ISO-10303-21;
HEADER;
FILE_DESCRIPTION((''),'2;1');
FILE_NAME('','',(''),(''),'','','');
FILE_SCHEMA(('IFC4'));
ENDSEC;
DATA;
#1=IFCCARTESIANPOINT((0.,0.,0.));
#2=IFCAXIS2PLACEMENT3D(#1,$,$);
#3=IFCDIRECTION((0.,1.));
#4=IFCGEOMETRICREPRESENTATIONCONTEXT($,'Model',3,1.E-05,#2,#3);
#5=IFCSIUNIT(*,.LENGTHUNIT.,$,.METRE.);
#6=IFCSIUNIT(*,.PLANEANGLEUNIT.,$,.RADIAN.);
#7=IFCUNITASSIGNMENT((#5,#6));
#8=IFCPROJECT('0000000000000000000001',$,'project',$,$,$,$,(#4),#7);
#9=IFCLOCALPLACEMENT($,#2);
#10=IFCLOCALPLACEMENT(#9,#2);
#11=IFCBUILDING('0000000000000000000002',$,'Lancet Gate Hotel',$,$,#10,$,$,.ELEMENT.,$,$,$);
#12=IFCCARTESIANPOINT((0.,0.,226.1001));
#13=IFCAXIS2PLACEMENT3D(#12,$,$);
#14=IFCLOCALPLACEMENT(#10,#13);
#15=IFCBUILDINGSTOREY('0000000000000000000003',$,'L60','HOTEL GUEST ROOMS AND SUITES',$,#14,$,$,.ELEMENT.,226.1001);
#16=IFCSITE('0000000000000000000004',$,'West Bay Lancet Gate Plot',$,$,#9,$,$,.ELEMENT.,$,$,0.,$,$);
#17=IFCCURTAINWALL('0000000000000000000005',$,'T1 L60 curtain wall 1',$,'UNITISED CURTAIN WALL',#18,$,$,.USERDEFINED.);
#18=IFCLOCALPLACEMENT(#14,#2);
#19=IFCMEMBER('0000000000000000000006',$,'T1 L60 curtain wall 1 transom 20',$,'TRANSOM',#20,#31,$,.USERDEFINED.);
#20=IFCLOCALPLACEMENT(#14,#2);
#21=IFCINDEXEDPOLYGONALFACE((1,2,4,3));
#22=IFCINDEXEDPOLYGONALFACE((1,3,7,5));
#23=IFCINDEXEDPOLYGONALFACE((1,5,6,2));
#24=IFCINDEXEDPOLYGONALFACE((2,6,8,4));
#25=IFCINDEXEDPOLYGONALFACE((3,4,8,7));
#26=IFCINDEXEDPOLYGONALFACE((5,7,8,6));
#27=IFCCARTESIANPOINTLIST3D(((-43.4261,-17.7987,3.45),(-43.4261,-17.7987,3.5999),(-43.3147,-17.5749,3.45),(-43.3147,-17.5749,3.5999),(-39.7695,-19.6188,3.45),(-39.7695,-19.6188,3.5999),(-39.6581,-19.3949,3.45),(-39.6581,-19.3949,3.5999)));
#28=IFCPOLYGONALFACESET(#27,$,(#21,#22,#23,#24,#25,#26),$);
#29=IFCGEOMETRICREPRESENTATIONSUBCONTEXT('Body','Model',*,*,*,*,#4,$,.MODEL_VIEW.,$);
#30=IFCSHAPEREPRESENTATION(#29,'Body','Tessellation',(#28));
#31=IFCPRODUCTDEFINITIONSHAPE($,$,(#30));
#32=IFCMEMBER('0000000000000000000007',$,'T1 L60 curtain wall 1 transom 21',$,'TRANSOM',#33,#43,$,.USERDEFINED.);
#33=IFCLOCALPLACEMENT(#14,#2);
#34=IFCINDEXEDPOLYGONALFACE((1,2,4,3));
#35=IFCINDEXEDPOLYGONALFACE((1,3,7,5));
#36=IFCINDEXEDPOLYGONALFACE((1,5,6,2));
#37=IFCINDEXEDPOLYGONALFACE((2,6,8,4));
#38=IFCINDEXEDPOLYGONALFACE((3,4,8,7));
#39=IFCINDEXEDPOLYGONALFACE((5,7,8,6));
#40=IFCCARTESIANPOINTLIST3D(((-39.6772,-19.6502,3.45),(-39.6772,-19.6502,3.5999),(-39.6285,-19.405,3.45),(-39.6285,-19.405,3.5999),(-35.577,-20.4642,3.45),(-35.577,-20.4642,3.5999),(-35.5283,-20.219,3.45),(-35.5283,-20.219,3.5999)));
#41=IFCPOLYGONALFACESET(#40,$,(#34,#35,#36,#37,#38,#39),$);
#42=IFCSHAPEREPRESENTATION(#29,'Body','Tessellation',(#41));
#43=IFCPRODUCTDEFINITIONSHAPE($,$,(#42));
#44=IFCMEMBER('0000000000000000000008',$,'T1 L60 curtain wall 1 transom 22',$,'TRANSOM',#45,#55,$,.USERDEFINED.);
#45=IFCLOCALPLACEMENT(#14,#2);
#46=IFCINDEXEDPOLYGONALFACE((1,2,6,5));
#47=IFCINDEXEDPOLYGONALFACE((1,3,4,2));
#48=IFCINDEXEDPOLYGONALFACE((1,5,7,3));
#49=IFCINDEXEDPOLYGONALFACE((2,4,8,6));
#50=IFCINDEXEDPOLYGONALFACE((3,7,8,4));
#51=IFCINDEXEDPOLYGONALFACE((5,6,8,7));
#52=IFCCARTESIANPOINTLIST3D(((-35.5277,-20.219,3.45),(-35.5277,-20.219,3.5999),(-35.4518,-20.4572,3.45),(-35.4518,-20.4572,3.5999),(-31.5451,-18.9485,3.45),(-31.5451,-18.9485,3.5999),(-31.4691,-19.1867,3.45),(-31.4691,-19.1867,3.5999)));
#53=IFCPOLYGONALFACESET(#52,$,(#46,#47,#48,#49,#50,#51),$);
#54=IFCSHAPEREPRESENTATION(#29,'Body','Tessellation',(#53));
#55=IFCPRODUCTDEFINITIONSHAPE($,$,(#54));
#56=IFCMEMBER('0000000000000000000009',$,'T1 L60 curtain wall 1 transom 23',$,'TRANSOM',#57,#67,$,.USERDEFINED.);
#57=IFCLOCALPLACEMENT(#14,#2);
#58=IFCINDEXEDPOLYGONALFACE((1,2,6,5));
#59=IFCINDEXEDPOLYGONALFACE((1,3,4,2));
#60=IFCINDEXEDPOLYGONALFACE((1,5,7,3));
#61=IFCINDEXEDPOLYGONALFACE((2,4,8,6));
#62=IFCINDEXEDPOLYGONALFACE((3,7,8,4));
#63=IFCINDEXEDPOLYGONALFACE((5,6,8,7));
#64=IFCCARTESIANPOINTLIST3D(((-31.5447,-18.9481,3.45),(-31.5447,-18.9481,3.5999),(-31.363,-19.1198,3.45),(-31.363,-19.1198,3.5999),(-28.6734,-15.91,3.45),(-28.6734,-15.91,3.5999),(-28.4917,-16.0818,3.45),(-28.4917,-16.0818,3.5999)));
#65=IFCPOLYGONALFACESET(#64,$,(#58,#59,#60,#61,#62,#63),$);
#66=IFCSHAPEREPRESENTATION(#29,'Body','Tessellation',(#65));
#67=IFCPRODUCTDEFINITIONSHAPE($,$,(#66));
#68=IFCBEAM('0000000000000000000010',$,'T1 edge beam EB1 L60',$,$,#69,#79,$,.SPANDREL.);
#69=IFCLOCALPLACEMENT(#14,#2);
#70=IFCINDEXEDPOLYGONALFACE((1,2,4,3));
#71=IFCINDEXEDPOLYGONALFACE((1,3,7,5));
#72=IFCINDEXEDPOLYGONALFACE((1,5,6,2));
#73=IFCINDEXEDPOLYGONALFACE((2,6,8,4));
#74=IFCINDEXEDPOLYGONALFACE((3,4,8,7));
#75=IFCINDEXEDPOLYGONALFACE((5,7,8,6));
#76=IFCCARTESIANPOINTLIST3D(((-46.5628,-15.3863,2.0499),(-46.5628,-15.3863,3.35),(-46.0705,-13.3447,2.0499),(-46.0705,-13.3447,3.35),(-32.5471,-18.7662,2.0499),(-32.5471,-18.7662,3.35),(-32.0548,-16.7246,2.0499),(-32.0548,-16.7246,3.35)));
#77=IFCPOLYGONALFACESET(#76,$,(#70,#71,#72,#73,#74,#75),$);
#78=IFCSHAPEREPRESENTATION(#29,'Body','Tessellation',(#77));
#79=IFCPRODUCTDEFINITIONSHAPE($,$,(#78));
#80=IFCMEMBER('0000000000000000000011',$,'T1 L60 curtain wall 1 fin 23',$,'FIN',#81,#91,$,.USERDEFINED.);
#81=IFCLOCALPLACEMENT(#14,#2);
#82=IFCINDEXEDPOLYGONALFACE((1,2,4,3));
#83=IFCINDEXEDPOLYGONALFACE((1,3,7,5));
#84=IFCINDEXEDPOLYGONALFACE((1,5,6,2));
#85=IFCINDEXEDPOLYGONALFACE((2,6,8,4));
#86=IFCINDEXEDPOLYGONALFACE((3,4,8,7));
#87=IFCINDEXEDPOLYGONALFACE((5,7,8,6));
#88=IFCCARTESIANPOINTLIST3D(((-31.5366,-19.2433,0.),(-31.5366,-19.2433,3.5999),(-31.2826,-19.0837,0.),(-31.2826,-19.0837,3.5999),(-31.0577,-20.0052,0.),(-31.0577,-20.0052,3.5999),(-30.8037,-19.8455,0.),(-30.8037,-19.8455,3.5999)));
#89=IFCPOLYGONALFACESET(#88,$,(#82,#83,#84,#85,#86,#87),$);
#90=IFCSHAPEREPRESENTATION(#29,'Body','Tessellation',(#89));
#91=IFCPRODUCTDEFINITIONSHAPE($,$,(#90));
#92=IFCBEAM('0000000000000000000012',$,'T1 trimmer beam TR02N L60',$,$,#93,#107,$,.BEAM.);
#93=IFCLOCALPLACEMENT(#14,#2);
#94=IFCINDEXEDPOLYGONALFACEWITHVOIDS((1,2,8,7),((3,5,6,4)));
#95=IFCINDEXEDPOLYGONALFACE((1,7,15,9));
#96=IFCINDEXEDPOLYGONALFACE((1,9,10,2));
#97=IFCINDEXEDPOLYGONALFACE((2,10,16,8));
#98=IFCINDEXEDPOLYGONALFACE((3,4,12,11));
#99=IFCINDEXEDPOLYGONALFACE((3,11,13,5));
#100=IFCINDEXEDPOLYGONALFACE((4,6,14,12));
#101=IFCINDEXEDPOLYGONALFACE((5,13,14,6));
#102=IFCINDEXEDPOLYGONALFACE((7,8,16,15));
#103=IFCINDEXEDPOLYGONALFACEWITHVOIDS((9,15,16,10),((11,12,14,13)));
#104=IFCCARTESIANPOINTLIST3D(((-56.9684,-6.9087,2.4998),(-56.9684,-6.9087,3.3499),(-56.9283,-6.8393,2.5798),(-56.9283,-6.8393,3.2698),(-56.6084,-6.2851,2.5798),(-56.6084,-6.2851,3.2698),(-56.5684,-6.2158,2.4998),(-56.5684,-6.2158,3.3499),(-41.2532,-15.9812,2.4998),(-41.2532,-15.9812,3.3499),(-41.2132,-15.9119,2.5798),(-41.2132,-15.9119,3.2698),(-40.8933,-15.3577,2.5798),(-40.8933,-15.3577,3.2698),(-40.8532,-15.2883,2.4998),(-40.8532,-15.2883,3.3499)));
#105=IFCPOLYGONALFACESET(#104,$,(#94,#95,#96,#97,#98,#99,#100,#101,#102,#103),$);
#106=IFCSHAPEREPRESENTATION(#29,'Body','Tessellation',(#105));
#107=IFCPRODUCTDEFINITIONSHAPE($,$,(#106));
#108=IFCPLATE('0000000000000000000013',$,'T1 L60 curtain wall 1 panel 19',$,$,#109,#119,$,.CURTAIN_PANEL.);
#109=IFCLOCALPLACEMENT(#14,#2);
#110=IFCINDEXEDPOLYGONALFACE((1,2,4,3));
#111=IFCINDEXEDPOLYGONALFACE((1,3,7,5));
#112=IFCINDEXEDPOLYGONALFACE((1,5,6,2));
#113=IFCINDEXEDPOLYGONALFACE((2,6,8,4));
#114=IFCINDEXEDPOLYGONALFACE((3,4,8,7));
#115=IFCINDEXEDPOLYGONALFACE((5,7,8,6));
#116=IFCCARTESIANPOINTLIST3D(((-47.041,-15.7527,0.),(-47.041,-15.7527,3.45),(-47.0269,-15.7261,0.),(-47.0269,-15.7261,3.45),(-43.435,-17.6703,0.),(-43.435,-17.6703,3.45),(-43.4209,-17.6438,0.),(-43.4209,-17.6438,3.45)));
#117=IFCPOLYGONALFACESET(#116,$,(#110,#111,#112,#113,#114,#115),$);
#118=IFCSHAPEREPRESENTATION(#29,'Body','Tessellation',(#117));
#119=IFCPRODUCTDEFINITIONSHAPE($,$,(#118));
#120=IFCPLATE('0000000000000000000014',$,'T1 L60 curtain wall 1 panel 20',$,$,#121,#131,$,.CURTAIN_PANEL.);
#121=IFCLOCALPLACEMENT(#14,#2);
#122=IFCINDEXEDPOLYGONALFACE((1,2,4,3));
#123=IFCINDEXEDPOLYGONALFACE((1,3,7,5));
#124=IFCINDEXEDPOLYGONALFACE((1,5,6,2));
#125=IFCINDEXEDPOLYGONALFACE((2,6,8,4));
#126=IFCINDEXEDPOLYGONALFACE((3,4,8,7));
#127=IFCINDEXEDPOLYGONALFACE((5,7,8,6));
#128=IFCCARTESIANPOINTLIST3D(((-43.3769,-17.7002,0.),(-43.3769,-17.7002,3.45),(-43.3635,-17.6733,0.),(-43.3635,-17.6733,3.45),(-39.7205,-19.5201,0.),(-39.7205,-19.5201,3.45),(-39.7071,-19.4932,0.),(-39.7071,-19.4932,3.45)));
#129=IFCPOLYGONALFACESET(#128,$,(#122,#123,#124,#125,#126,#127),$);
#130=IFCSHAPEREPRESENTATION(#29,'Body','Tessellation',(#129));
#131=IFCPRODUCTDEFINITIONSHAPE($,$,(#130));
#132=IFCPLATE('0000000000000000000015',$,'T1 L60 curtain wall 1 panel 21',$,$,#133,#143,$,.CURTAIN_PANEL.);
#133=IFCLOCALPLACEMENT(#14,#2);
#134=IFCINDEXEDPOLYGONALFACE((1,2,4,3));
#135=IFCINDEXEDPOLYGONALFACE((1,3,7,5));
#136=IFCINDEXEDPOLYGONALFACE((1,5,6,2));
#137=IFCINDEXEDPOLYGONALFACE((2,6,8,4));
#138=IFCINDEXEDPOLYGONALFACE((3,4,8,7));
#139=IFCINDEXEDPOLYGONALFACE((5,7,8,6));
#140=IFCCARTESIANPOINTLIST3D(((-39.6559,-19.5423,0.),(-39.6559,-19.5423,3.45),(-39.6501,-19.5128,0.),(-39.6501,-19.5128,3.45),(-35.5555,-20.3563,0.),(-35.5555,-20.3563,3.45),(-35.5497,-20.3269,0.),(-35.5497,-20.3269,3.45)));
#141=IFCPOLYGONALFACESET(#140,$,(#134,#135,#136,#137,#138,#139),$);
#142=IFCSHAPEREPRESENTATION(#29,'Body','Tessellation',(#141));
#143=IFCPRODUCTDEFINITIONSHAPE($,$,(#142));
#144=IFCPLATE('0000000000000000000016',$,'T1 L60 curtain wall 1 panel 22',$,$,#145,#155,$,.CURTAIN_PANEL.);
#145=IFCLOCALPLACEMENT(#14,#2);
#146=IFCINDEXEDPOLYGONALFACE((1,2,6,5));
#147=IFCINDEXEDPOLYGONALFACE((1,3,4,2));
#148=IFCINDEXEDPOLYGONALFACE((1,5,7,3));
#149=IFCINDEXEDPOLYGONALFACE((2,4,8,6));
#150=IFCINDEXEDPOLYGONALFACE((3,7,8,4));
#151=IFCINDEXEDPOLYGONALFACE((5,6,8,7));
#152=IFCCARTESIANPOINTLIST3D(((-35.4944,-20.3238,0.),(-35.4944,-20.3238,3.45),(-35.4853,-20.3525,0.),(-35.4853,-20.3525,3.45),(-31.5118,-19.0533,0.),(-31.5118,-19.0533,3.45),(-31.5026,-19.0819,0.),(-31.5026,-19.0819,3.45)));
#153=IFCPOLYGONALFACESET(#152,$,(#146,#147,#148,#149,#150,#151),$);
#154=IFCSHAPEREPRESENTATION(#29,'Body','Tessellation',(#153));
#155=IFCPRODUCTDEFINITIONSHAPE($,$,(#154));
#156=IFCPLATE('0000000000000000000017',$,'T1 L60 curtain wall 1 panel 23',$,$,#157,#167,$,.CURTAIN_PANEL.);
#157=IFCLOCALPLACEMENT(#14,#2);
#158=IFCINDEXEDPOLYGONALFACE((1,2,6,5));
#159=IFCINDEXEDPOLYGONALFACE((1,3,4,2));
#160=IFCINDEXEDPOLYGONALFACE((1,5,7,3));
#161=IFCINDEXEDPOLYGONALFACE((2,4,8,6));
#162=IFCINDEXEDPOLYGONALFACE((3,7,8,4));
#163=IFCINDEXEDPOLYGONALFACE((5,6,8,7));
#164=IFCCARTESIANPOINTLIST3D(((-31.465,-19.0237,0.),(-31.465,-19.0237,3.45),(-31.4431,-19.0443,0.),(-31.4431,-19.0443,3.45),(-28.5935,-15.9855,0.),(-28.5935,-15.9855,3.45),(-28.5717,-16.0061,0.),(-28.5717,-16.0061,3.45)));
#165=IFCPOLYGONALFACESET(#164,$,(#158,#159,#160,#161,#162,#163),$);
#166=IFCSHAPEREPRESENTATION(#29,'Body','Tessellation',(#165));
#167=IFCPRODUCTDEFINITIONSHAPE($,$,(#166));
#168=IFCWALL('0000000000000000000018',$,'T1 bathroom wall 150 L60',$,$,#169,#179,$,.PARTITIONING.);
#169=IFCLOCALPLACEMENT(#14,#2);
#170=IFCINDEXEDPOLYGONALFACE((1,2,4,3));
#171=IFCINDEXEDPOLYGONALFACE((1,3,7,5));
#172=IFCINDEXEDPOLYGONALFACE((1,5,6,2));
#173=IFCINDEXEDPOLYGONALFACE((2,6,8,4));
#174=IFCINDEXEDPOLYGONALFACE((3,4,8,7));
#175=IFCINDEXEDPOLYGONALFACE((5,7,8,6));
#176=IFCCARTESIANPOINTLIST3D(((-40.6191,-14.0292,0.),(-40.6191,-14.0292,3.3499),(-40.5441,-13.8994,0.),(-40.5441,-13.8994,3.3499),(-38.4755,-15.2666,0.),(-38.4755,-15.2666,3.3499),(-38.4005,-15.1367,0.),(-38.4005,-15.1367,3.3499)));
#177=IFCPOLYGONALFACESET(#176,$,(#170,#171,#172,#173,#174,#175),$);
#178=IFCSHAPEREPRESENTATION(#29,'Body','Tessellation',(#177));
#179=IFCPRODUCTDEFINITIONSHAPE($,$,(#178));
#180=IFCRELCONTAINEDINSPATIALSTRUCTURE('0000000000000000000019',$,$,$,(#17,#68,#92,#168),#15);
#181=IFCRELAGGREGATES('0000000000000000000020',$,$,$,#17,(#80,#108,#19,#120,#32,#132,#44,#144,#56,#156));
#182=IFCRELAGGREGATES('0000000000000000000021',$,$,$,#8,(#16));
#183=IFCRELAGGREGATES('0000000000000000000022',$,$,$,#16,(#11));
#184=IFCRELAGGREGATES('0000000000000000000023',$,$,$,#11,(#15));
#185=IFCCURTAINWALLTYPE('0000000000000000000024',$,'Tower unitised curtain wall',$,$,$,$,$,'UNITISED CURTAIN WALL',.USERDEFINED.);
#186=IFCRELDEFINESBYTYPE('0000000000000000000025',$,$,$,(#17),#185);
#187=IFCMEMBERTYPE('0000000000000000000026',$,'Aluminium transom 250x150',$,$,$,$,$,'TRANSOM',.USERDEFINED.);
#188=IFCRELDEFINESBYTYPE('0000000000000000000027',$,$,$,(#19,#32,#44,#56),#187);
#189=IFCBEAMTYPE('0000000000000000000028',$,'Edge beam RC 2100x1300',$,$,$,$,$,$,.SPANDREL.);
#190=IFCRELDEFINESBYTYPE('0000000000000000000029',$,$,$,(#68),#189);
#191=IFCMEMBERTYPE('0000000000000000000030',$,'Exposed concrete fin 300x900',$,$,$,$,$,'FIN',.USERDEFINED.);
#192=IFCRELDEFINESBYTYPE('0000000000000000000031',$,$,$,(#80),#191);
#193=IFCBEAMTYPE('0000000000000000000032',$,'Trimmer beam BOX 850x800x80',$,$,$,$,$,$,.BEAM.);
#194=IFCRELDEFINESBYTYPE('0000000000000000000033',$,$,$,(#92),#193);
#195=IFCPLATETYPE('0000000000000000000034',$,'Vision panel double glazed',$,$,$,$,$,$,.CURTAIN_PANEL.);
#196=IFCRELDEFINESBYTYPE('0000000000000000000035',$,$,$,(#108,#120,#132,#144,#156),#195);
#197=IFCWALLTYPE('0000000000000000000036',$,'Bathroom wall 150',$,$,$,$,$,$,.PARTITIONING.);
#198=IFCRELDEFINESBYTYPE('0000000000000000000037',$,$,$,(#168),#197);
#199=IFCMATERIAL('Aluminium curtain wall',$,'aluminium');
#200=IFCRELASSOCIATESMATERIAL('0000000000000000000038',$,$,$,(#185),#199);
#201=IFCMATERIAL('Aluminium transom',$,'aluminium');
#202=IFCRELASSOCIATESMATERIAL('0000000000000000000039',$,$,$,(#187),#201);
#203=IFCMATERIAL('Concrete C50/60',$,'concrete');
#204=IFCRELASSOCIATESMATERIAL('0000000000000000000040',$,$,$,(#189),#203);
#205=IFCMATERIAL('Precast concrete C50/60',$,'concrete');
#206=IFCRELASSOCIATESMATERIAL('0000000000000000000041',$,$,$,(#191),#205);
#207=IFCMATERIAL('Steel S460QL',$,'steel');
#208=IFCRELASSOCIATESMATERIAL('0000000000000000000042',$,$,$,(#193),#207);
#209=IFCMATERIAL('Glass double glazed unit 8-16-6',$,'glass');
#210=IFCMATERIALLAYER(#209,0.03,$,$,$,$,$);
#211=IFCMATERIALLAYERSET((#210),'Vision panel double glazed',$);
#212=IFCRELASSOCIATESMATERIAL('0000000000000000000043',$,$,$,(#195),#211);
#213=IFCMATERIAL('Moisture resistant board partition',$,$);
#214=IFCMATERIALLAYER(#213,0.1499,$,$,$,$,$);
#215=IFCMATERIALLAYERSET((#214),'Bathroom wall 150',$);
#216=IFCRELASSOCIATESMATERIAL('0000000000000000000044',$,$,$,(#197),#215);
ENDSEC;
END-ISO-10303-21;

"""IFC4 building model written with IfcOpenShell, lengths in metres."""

from ifc_helpers import new_model, si_unit, direction, frame, frame_2d, origin, origin_2d, place, context, subcontext, project, spatial, rectangle, hollow_rectangle, extrude, material, layer, layer_set, material_profile, profile_set, type_object, element, aggregate, save


model = new_model("IFC4")

# Units and contexts
model_context = context("Model", 3, precision=1e-05, world=origin(), true_north=direction((0.0, 1.0)))
body_context = subcontext(model_context, "Body", "Model", "MODEL_VIEW")
ifc_project = project(units=[si_unit("LENGTHUNIT", "METRE"), si_unit("PLANEANGLEUNIT", "RADIAN")], contexts=[model_context])

# Site, building, storey
site_placement = place(None, origin())
site = spatial("IfcSite", under=ifc_project, at=site_placement, Name="West Bay Lancet Gate Plot", CompositionType="ELEMENT", RefElevation=0.0)
building_placement = place(site_placement, origin())
building = spatial("IfcBuilding", under=site, at=building_placement, Name="Lancet Gate Hotel", CompositionType="ELEMENT")
storey_placement = place(building_placement, frame((0.0, 0.0, 226.1001)))
storey = spatial("IfcBuildingStorey", under=building, at=storey_placement, Name="L60", Description="HOTEL GUEST ROOMS AND SUITES", CompositionType="ELEMENT", Elevation=226.1001)

# Curtain wall, members
ifc_material_1 = material(Name="Aluminium curtain wall", Category="aluminium")
curtain_wall_type = type_object("IfcCurtainWallType", Name="Tower unitised curtain wall", ElementType="UNITISED CURTAIN WALL", PredefinedType="USERDEFINED", material=ifc_material_1)
curtain_wall_placement = place(storey_placement, origin())
curtain_wall = element("IfcCurtainWall", 1, at=curtain_wall_placement, inside=storey, type_object=curtain_wall_type, Name="T1 L60 curtain wall 1", ObjectType="UNITISED CURTAIN WALL", PredefinedType="USERDEFINED")
ifc_material_2 = material(Name="Aluminium transom", Category="aluminium")
ifc_material_profile_1 = material_profile(ifc_material_2, rectangle(XDim=0.25, YDim=0.1499, at=origin_2d()), Name="TRANSOM 250x150")
ifc_profile_set_1 = profile_set([ifc_material_profile_1], Name="Aluminium transom")
member_type_1 = type_object("IfcMemberType", Name="Aluminium transom 250x150", ElementType="TRANSOM", PredefinedType="USERDEFINED", material=ifc_profile_set_1)
member_1_placement = place(storey_placement, frame((-43.3704, -17.6868, 3.5249), z_axis=(0.895227, -0.445611, 0.0), x_axis=(0.445611, 0.895227, 0.0)))
member_1 = element("IfcMember", 2, at=member_1_placement, type_object=member_type_1, Name="T1 L60 curtain wall 1 transom 20", ObjectType="TRANSOM", PredefinedType="USERDEFINED", context=body_context, shape_type="SweptSolid", body=[
    extrude(rectangle(XDim=0.25, YDim=0.1499, at=origin_2d()), origin(), (0.0, 0.0, 1.0), 4.0845),
])
member_2_placement = place(storey_placement, frame((-39.6528, -19.5276, 3.5249), z_axis=(0.980858, -0.194723, 0.0), x_axis=(0.194723, 0.980858, 0.0)))
member_2 = element("IfcMember", 3, at=member_2_placement, type_object=member_type_1, Name="T1 L60 curtain wall 1 transom 21", ObjectType="TRANSOM", PredefinedType="USERDEFINED", context=body_context, shape_type="SweptSolid", body=[
    extrude(rectangle(XDim=0.25, YDim=0.1499, at=origin_2d()), origin(), (0.0, 0.0, 1.0), 4.1802),
])
member_3_placement = place(storey_placement, frame((-35.4897, -20.3381, 3.5249), z_axis=(0.952698, 0.30392, 0.0), x_axis=(-0.30392, 0.952698, 0.0)))
member_3 = element("IfcMember", 4, at=member_3_placement, type_object=member_type_1, Name="T1 L60 curtain wall 1 transom 22", ObjectType="TRANSOM", PredefinedType="USERDEFINED", context=body_context, shape_type="SweptSolid", body=[
    extrude(rectangle(XDim=0.25, YDim=0.1499, at=origin_2d()), origin(), (0.0, 0.0, 1.0), 4.1804),
])
member_4_placement = place(storey_placement, frame((-31.4539, -19.0339, 3.5249), z_axis=(0.686881, 0.72677, 0.0), x_axis=(-0.72677, 0.686881, 0.0)))
member_4 = element("IfcMember", 5, at=member_4_placement, type_object=member_type_1, Name="T1 L60 curtain wall 1 transom 23", ObjectType="TRANSOM", PredefinedType="USERDEFINED", context=body_context, shape_type="SweptSolid", body=[
    extrude(rectangle(XDim=0.25, YDim=0.1499, at=origin_2d()), origin(), (0.0, 0.0, 1.0), 4.1802),
])

# Beam
ifc_material_3 = material(Name="Concrete C50/60", Category="concrete")
ifc_material_profile_2 = material_profile(ifc_material_3, rectangle(XDim=2.1001, YDim=1.3, at=origin_2d()), Name="RC 2100x1300")
ifc_profile_set_2 = profile_set([ifc_material_profile_2], Name="Concrete C50/60")
beam_type_1 = type_object("IfcBeamType", Name="Edge beam RC 2100x1300", PredefinedType="SPANDREL", material=ifc_profile_set_2)
beam_1_placement = place(storey_placement, frame((-46.3167, -14.3655, 2.7), z_axis=(0.972133, -0.234431, 0.0), x_axis=(0.234431, 0.972133, 0.0)))
element("IfcBeam", 6, at=beam_1_placement, inside=storey, type_object=beam_type_1, Name="T1 edge beam EB1 L60", PredefinedType="SPANDREL", context=body_context, shape_type="SweptSolid", body=[
    extrude(rectangle(XDim=2.1001, YDim=1.3, at=origin_2d()), origin(), (0.0, 0.0, 1.0), 14.4175),
])

# Member
ifc_material_4 = material(Name="Precast concrete C50/60", Category="concrete")
ifc_material_profile_3 = material_profile(ifc_material_4, rectangle(XDim=0.3, YDim=0.8999, at=origin_2d()), Name="FIN 300x900")
ifc_profile_set_3 = profile_set([ifc_material_profile_3], Name="Precast concrete C50/60")
member_type_2 = type_object("IfcMemberType", Name="Exposed concrete fin 300x900", ElementType="FIN", PredefinedType="USERDEFINED", material=ifc_profile_set_3)
member_5_placement = place(storey_placement, frame((-31.1702, -19.5444, 0.0), z_axis=(0.0, 0.0, 1.0), x_axis=(0.846613, 0.532209, 0.0)))
member_5 = element("IfcMember", 7, at=member_5_placement, type_object=member_type_2, Name="T1 L60 curtain wall 1 fin 23", ObjectType="FIN", PredefinedType="USERDEFINED", context=body_context, shape_type="SweptSolid", body=[
    extrude(rectangle(XDim=0.3, YDim=0.8999, at=origin_2d()), origin(), (0.0, 0.0, 1.0), 3.5999),
])

# Beam
ifc_material_5 = material(Name="Steel S460QL", Category="steel")
ifc_material_profile_4 = material_profile(ifc_material_5, hollow_rectangle(XDim=0.8, YDim=0.8501, WallThickness=0.0801, at=origin_2d()), Name="BOX 850x800x80")
ifc_profile_set_4 = profile_set([ifc_material_profile_4], Name="Steel S460QL")
beam_type_2 = type_object("IfcBeamType", Name="Trimmer beam BOX 850x800x80", PredefinedType="BEAM", material=ifc_profile_set_4)
beam_2_placement = place(storey_placement, frame((-41.0532, -15.6348, 2.9248), z_axis=(-0.86604, 0.499975, 0.0), x_axis=(-0.499975, -0.86604, 0.0)))
element("IfcBeam", 8, at=beam_2_placement, inside=storey, type_object=beam_type_2, Name="T1 trimmer beam TR02N L60", PredefinedType="BEAM", context=body_context, shape_type="SweptSolid", body=[
    extrude(hollow_rectangle(XDim=0.8, YDim=0.8501, WallThickness=0.0801, at=origin_2d()), origin(), (0.0, 0.0, 1.0), 18.146),
])

# Plates
ifc_material_6 = material(Name="Glass double glazed unit 8-16-6", Category="glass")
ifc_layer_1 = layer(ifc_material_6, 0.03)
ifc_layer_set_1 = layer_set([ifc_layer_1], Name="Vision panel double glazed")
plate_type = type_object("IfcPlateType", Name="Vision panel double glazed", PredefinedType="CURTAIN_PANEL", material=ifc_layer_set_1)
plate_1_placement = place(storey_placement, frame((-45.231, -16.6982, 0.0), z_axis=(0.0, 0.0, 1.0), x_axis=(0.882916, -0.469531, 0.0)))
plate_1 = element("IfcPlate", 9, at=plate_1_placement, type_object=plate_type, Name="T1 L60 curtain wall 1 panel 19", PredefinedType="CURTAIN_PANEL", context=body_context, shape_type="SweptSolid", body=[
    extrude(rectangle(XDim=4.0842, YDim=0.03, at=origin_2d()), origin(), (0.0, 0.0, 1.0), 3.45),
])
plate_2_placement = place(storey_placement, frame((-41.542, -18.5967, 0.0), z_axis=(0.0, 0.0, 1.0), x_axis=(0.895234, -0.445596, 0.0)))
plate_2 = element("IfcPlate", 10, at=plate_2_placement, type_object=plate_type, Name="T1 L60 curtain wall 1 panel 20", PredefinedType="CURTAIN_PANEL", context=body_context, shape_type="SweptSolid", body=[
    extrude(rectangle(XDim=4.0842, YDim=0.03, at=origin_2d()), origin(), (0.0, 0.0, 1.0), 3.45),
])
plate_3_placement = place(storey_placement, frame((-37.6028, -19.9346, 0.0), z_axis=(0.0, 0.0, 1.0), x_axis=(0.980857, -0.194731, 0.0)))
plate_3 = element("IfcPlate", 11, at=plate_3_placement, type_object=plate_type, Name="T1 L60 curtain wall 1 panel 21", PredefinedType="CURTAIN_PANEL", context=body_context, shape_type="SweptSolid", body=[
    extrude(rectangle(XDim=4.1804, YDim=0.03, at=origin_2d()), origin(), (0.0, 0.0, 1.0), 3.45),
])
plate_4_placement = place(storey_placement, frame((-33.4985, -19.7029, 0.0), z_axis=(0.0, 0.0, 1.0), x_axis=(0.952696, 0.303926, 0.0)))
plate_4 = element("IfcPlate", 12, at=plate_4_placement, type_object=plate_type, Name="T1 L60 curtain wall 1 panel 22", PredefinedType="CURTAIN_PANEL", context=body_context, shape_type="SweptSolid", body=[
    extrude(rectangle(XDim=4.1804, YDim=0.03, at=origin_2d()), origin(), (0.0, 0.0, 1.0), 3.45),
])
plate_5_placement = place(storey_placement, frame((-30.0183, -17.5149, 0.0), z_axis=(0.0, 0.0, 1.0), x_axis=(0.686883, 0.726768, 0.0)))
plate_5 = element("IfcPlate", 13, at=plate_5_placement, type_object=plate_type, Name="T1 L60 curtain wall 1 panel 23", PredefinedType="CURTAIN_PANEL", context=body_context, shape_type="SweptSolid", body=[
    extrude(rectangle(XDim=4.1804, YDim=0.03, at=origin_2d()), origin(), (0.0, 0.0, 1.0), 3.45),
])
aggregate(curtain_wall, [member_5, plate_1, member_1, plate_2, member_2, plate_3, member_3, plate_4, member_4, plate_5])

# Wall
ifc_material_7 = material(Name="Moisture resistant board partition")
ifc_layer_2 = layer(ifc_material_7, 0.1499)
ifc_layer_set_2 = layer_set([ifc_layer_2], Name="Bathroom wall 150")
wall_type_1 = type_object("IfcWallType", Name="Bathroom wall 150", PredefinedType="PARTITIONING", material=ifc_layer_set_2)
wall_1_placement = place(storey_placement, frame((-38.438, -15.2017, 0.0), z_axis=(0.0, 0.0, 1.0), x_axis=(-0.866074, 0.499916, 0.0)))
element("IfcWall", 14, at=wall_1_placement, inside=storey, type_object=wall_type_1, Name="T1 bathroom wall 150 L60", PredefinedType="PARTITIONING", context=body_context, shape_type="SweptSolid", body=[
    extrude(rectangle(XDim=2.4751, YDim=0.1499, at=frame_2d((1.2375, 0.0))), origin(), (0.0, 0.0, 1.0), 3.3499),
])

save(model, "model.ifc")
